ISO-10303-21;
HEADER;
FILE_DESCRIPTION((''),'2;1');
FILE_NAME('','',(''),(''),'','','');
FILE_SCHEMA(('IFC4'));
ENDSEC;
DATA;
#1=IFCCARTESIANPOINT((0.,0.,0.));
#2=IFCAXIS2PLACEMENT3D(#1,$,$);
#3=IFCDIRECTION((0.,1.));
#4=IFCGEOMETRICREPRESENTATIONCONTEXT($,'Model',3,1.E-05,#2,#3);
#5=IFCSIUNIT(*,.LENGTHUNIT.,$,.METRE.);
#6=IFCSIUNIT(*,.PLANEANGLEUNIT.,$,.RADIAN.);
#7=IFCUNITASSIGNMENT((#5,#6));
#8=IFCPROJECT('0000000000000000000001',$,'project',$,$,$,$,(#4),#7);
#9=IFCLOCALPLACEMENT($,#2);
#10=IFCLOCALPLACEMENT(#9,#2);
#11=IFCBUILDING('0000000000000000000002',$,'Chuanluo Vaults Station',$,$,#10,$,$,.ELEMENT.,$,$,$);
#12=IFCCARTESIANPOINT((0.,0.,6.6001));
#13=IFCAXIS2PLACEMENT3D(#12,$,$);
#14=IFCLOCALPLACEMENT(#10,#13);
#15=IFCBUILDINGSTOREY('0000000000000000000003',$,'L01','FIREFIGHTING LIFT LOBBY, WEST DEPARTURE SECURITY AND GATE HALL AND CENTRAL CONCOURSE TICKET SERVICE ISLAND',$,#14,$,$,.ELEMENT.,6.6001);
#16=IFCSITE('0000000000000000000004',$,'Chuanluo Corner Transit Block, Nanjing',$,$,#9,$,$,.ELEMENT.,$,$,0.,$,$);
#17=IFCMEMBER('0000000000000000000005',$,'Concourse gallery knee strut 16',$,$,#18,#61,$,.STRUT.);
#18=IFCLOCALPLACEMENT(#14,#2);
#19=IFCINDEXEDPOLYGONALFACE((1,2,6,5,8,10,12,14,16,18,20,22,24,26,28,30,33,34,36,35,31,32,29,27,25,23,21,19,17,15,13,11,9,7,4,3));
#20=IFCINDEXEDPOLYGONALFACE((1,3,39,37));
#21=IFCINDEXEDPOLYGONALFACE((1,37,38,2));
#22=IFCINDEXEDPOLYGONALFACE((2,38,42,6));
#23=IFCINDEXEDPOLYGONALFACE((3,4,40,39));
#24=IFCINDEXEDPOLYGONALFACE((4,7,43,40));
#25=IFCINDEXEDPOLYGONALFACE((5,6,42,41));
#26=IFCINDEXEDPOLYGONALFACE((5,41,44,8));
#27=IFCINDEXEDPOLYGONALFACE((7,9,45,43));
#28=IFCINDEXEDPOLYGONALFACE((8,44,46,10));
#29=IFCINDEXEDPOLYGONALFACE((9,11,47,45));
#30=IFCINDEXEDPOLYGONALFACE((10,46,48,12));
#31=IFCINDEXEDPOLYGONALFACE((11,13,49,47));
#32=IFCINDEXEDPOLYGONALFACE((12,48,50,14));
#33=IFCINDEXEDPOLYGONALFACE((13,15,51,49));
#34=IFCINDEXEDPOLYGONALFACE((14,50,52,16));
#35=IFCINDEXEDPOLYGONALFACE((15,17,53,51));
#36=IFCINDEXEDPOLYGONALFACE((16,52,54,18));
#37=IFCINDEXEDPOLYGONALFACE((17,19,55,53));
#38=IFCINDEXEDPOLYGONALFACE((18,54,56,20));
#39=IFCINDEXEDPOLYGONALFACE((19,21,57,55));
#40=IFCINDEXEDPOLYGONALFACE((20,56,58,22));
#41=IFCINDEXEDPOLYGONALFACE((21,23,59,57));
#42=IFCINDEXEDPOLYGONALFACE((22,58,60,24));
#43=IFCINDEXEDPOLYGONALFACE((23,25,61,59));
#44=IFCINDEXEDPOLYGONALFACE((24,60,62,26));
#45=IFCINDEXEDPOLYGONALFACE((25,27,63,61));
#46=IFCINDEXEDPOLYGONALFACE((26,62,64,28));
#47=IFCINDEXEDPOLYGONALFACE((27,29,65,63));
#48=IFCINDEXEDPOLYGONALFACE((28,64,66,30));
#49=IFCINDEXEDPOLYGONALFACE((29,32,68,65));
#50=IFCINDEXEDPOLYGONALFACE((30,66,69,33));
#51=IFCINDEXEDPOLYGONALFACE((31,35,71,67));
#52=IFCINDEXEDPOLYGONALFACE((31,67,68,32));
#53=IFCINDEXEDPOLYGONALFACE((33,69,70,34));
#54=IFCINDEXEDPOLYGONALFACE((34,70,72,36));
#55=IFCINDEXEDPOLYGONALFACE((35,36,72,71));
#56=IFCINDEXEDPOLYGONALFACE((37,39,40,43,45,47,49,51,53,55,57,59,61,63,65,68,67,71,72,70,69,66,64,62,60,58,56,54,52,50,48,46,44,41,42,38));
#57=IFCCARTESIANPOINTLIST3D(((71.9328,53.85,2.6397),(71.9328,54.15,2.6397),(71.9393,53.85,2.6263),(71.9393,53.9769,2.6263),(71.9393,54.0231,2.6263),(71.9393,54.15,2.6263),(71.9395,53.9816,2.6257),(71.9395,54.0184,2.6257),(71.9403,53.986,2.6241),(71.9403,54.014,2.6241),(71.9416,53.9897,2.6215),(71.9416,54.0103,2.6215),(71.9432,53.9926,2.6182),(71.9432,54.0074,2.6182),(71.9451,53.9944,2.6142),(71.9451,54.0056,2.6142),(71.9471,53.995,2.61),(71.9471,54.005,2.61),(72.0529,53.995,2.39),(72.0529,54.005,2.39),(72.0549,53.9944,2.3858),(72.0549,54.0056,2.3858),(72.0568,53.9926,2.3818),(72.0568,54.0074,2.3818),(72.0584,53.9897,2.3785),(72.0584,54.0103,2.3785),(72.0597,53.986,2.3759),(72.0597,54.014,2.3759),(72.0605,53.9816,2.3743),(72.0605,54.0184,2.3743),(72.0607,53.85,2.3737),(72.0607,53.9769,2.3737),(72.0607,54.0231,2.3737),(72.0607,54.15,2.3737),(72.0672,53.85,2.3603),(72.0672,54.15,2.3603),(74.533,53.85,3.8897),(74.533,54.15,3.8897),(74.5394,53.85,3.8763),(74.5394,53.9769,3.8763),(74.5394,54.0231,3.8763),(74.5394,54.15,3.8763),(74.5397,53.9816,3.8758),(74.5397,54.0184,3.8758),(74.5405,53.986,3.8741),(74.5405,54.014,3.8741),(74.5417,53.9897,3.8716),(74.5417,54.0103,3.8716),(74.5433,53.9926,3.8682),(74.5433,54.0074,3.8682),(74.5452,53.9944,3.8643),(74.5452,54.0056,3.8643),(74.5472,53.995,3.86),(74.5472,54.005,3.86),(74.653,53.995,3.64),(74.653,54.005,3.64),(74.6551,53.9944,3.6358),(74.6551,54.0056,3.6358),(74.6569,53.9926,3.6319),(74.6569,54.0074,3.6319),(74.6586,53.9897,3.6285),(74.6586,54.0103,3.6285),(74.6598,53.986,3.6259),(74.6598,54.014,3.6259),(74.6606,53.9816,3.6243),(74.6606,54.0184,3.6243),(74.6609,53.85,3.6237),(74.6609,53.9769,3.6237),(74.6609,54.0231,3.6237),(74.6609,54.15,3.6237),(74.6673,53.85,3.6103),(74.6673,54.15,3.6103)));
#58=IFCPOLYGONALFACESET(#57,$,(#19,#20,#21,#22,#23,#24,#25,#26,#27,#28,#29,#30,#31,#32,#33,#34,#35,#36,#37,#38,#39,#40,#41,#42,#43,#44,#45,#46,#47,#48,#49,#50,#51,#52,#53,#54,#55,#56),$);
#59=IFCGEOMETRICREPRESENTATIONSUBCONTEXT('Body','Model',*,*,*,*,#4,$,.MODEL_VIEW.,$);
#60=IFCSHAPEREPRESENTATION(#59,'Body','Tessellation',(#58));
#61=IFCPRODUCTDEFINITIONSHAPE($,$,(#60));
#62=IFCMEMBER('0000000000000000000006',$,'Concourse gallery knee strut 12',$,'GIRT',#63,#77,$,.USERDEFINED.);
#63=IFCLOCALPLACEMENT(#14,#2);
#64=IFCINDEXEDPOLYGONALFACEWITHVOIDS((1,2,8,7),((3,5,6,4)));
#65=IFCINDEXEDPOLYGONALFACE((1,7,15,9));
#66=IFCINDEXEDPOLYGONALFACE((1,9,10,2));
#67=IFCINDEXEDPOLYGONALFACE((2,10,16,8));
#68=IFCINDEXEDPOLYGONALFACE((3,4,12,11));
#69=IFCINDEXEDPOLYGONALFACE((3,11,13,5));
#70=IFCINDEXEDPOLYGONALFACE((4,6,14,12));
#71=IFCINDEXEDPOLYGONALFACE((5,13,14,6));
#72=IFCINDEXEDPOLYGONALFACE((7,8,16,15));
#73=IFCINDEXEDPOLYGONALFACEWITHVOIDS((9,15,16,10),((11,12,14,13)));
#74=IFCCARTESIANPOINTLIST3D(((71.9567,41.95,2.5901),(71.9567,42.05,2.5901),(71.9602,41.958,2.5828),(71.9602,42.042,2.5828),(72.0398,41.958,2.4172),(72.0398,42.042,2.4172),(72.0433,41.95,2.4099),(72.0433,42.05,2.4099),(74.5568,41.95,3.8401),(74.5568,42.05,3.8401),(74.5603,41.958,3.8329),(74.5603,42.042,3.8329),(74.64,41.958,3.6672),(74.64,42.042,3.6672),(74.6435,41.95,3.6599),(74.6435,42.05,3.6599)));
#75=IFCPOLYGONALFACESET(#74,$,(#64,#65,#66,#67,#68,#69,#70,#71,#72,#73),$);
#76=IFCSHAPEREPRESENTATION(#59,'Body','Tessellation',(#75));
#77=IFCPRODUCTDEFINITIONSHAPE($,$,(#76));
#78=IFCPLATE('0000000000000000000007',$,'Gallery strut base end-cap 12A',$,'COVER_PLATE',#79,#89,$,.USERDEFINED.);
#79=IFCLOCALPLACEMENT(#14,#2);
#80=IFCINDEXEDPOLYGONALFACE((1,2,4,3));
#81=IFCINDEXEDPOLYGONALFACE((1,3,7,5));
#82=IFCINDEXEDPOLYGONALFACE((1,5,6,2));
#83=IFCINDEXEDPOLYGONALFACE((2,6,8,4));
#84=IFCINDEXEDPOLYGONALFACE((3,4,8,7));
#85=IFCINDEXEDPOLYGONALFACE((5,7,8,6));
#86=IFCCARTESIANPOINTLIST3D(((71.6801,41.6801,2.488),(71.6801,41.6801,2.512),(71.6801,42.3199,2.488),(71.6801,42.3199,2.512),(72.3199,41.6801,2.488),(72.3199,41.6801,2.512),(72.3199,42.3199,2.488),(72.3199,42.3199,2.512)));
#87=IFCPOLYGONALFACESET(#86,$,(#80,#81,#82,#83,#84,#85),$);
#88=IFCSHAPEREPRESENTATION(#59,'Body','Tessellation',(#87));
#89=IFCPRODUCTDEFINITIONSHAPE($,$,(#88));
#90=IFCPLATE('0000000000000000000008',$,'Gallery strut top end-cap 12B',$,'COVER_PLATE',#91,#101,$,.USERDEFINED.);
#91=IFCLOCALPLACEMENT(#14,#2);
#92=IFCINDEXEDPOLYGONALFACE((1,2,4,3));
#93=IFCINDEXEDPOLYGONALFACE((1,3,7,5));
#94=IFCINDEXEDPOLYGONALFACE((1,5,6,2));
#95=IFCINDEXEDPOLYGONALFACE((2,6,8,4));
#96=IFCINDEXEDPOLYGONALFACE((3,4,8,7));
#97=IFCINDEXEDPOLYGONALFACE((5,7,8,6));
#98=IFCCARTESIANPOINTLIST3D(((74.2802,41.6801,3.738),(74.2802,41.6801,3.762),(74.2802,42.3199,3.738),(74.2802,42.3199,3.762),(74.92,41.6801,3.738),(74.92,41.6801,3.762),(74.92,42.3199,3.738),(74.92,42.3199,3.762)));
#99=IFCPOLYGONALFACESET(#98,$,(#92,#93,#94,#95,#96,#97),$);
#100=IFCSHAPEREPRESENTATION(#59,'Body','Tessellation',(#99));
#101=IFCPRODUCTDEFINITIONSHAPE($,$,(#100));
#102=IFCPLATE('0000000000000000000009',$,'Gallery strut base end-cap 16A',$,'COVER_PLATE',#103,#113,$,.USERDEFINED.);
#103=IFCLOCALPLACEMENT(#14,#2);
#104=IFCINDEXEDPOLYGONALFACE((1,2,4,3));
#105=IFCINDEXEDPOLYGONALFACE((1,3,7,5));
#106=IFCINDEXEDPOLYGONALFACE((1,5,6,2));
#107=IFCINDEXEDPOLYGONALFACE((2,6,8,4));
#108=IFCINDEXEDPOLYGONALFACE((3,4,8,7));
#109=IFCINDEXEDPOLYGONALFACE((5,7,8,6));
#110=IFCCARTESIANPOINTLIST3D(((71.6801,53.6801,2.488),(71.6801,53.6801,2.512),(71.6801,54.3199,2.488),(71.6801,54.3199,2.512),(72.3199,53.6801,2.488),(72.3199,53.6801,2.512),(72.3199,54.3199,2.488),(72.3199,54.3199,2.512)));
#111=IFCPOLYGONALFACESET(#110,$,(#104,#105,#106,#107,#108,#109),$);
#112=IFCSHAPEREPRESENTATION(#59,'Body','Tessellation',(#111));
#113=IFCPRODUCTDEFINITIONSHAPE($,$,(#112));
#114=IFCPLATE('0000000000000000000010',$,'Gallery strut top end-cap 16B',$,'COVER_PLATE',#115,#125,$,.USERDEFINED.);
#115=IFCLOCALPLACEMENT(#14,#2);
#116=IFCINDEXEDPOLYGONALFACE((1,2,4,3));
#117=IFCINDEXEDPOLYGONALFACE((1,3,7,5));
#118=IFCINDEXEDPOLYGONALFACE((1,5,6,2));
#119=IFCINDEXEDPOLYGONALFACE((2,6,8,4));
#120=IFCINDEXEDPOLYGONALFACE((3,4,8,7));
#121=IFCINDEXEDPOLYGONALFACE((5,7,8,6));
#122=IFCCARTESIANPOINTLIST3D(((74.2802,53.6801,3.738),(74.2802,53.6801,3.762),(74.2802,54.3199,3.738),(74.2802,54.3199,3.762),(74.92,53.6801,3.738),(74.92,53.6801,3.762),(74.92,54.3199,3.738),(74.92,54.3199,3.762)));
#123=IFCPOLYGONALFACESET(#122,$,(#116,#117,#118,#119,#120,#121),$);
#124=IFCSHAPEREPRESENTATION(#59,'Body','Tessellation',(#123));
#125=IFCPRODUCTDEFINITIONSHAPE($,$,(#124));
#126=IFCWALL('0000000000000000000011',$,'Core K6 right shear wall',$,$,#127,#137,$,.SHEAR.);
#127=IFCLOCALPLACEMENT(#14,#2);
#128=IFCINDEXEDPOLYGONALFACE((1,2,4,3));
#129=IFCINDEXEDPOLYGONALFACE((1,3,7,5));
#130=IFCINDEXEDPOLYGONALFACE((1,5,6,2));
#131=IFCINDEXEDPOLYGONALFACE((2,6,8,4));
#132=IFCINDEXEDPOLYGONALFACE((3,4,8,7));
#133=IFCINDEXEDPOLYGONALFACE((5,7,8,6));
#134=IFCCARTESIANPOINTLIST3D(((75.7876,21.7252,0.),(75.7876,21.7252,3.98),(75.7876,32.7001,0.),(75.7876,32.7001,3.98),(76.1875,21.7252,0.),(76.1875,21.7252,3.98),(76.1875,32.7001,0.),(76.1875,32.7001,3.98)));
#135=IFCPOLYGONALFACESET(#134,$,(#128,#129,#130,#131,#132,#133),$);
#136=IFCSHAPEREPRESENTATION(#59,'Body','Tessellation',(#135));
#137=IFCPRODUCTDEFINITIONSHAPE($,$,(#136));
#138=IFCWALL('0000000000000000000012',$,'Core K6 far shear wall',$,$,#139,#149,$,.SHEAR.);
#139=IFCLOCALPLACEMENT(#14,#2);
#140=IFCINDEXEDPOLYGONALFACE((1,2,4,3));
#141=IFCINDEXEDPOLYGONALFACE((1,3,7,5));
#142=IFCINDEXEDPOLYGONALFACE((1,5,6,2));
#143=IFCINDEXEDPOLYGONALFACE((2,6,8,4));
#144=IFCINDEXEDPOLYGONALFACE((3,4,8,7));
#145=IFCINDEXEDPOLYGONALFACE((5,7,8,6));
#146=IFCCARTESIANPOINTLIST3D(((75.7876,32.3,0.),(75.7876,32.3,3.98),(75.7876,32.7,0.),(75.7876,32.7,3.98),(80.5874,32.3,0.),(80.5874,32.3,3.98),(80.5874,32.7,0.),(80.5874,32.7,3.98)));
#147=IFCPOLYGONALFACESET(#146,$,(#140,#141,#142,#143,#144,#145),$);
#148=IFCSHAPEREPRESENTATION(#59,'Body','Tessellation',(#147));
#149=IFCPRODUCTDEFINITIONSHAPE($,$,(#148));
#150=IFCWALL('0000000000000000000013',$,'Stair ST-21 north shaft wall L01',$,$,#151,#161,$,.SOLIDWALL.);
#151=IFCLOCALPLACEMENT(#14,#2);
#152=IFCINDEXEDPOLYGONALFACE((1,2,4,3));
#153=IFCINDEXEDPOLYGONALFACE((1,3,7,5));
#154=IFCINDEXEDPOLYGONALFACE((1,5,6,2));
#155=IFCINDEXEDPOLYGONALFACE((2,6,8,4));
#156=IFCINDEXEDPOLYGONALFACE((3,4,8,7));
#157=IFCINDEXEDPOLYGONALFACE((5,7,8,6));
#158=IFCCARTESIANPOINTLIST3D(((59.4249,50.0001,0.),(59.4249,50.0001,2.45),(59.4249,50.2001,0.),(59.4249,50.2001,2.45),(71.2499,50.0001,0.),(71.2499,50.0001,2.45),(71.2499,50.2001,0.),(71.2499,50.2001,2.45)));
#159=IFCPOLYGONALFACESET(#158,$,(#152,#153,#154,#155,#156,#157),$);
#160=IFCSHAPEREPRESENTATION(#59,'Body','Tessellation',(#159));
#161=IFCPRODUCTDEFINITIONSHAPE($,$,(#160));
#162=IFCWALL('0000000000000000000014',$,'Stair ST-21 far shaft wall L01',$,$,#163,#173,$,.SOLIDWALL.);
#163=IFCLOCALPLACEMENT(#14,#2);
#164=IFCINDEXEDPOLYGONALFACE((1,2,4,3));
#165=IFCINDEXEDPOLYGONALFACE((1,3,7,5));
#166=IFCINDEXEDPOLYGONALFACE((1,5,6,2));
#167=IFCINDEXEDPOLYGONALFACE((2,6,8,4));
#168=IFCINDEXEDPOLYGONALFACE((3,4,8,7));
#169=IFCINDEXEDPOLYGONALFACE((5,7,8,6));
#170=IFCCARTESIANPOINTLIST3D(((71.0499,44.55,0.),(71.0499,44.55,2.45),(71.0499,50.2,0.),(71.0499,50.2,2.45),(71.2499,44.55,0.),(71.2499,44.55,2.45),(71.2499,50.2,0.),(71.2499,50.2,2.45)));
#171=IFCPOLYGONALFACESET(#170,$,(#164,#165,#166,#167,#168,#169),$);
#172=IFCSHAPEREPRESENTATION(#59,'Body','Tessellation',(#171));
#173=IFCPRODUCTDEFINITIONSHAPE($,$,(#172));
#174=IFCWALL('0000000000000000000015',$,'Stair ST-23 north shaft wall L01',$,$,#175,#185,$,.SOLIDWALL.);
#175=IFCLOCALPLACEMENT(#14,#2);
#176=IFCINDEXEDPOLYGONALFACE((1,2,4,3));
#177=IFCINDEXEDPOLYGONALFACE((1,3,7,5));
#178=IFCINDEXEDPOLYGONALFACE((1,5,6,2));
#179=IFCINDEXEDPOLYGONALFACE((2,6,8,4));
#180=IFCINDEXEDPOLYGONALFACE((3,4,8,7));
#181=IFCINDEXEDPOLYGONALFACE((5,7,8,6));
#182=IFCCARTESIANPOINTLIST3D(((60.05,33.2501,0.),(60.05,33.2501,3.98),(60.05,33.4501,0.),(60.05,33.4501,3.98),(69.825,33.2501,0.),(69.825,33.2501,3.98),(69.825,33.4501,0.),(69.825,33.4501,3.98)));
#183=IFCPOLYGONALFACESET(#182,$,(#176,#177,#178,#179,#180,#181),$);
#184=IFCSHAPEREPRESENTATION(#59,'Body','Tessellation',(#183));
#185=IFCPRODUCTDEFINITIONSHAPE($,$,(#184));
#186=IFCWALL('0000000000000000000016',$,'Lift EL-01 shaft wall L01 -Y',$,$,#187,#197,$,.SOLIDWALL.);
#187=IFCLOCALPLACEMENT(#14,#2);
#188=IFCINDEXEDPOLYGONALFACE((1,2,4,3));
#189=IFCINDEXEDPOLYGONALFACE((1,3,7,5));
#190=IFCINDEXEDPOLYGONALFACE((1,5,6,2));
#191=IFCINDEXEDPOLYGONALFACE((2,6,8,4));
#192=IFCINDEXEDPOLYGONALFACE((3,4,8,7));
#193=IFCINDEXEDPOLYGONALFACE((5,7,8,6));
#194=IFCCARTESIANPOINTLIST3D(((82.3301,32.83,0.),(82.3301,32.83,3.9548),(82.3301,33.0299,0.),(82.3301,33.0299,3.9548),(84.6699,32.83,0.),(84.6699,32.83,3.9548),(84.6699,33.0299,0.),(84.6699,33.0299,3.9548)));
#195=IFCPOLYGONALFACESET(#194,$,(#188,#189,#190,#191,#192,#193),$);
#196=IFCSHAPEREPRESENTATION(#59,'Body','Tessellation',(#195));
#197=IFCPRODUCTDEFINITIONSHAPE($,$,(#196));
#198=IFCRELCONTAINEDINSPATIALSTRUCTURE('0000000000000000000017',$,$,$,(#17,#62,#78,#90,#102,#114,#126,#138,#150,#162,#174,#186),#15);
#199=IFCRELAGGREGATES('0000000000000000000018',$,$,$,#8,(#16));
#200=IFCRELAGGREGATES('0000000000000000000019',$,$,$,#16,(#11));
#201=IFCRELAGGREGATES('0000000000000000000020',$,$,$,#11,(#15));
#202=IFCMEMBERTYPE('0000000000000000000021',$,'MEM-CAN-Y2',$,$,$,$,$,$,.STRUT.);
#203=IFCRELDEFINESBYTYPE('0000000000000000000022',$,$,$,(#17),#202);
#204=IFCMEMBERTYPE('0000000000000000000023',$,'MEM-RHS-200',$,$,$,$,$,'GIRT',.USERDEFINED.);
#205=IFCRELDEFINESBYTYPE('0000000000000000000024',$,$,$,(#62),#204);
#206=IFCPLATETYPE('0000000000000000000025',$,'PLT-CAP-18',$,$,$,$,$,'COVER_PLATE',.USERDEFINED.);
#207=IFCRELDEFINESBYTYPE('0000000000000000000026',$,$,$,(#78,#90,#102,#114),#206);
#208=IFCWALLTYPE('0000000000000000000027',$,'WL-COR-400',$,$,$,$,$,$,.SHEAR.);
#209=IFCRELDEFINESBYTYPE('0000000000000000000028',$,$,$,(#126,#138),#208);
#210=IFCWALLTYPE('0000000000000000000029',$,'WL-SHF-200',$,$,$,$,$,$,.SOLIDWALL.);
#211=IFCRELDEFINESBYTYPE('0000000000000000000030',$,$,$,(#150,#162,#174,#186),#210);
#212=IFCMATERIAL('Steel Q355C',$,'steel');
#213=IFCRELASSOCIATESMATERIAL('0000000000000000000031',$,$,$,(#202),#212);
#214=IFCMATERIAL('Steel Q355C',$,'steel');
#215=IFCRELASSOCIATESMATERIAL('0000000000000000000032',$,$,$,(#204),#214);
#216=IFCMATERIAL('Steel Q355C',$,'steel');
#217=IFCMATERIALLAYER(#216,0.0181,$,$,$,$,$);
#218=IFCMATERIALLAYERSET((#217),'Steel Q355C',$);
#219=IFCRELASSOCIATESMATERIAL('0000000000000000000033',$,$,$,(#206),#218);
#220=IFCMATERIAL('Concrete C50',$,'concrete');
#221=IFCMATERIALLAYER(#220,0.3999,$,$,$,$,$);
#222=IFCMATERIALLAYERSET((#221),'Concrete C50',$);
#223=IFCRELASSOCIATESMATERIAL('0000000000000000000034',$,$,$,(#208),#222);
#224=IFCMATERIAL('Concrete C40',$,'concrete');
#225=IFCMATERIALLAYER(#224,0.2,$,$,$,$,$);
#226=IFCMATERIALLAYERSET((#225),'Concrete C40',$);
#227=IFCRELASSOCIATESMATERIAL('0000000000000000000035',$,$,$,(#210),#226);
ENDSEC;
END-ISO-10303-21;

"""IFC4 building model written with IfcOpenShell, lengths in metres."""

from ifc_helpers import new_model, si_unit, direction, frame, frame_2d, origin, origin_2d, place, context, subcontext, project, spatial, rectangle, hollow_rectangle, i_section, extrude, material, layer, layer_set, material_profile, profile_set, type_object, element, save


model = new_model("IFC4")

# Units and contexts
model_context = context("Model", 3, precision=1e-05, world=origin(), true_north=direction((0.0, 1.0)))
body_context = subcontext(model_context, "Body", "Model", "MODEL_VIEW")
ifc_project = project(units=[si_unit("LENGTHUNIT", "METRE"), si_unit("PLANEANGLEUNIT", "RADIAN")], contexts=[model_context])

# Site, building, storey
site_placement = place(None, origin())
site = spatial("IfcSite", under=ifc_project, at=site_placement, Name="Chuanluo Corner Transit Block, Nanjing", CompositionType="ELEMENT", RefElevation=0.0)
building_placement = place(site_placement, origin())
building = spatial("IfcBuilding", under=site, at=building_placement, Name="Chuanluo Vaults Station", CompositionType="ELEMENT")
storey_placement = place(building_placement, frame((0.0, 0.0, 6.6001)))
storey = spatial("IfcBuildingStorey", under=building, at=storey_placement, Name="L01", Description="FIREFIGHTING LIFT LOBBY, WEST DEPARTURE SECURITY AND GATE HALL AND CENTRAL CONCOURSE TICKET SERVICE ISLAND", CompositionType="ELEMENT", Elevation=6.6001)

# Members
ifc_material_1 = material(Name="Steel Q355C", Category="steel")
ifc_material_profile_1 = material_profile(ifc_material_1, i_section(OverallWidth=0.3, OverallDepth=0.3101, WebThickness=0.01, FlangeThickness=0.0149, FilletRadius=0.0181, at=origin_2d()))
ifc_profile_set_1 = profile_set([ifc_material_profile_1], Name="Steel Q355C")
member_type_1 = type_object("IfcMemberType", Name="MEM-CAN-Y2", PredefinedType="STRUT", material=ifc_profile_set_1)
member_1_placement = place(storey_placement, frame((72.0, 54.0, 2.5), z_axis=(0.901259, 0.0, 0.433281), x_axis=(0.0, 1.0, 0.0)))
element("IfcMember", 1, at=member_1_placement, inside=storey, type_object=member_type_1, Name="Concourse gallery knee strut 16", PredefinedType="STRUT", context=body_context, shape_type="SweptSolid", body=[
    extrude(i_section(OverallWidth=0.3, OverallDepth=0.3101, WebThickness=0.01, FlangeThickness=0.0149, FilletRadius=0.0181, at=origin_2d()), origin(), (0.0, 0.0, 1.0), 2.885),
])
ifc_material_2 = material(Name="Steel Q355C", Category="steel")
ifc_material_profile_2 = material_profile(ifc_material_2, hollow_rectangle(XDim=0.1001, YDim=0.2, WallThickness=0.0081, at=origin_2d()))
ifc_profile_set_2 = profile_set([ifc_material_profile_2], Name="Steel Q355C")
member_type_2 = type_object("IfcMemberType", Name="MEM-RHS-200", ElementType="GIRT", PredefinedType="USERDEFINED", material=ifc_profile_set_2)
member_2_placement = place(storey_placement, frame((72.0, 42.0, 2.5), z_axis=(0.901259, 0.0, 0.433281), x_axis=(0.0, 1.0, 0.0)))
element("IfcMember", 2, at=member_2_placement, inside=storey, type_object=member_type_2, Name="Concourse gallery knee strut 12", ObjectType="GIRT", PredefinedType="USERDEFINED", context=body_context, shape_type="SweptSolid", body=[
    extrude(hollow_rectangle(XDim=0.1001, YDim=0.2, WallThickness=0.0081, at=origin_2d()), origin(), (0.0, 0.0, 1.0), 2.885),
])

# Plates
ifc_material_3 = material(Name="Steel Q355C", Category="steel")
ifc_layer_1 = layer(ifc_material_3, 0.0181)
ifc_layer_set_1 = layer_set([ifc_layer_1], Name="Steel Q355C")
plate_type = type_object("IfcPlateType", Name="PLT-CAP-18", ElementType="COVER_PLATE", PredefinedType="USERDEFINED", material=ifc_layer_set_1)
for number, where, z_axis, x_axis, name in (
    (3, (72.0, 42.0, 2.488), (0.0, 0.0, 1.0), (1.0, 0.0, 0.0), "Gallery strut base end-cap 12A"),
    (4, (74.6001, 42.0, 3.738), (0.0, 0.0, 1.0), (1.0, 0.0, 0.0), "Gallery strut top end-cap 12B"),
    (5, (72.0, 54.0, 2.488), (0.0, 0.0, 1.0), (1.0, 0.0, 0.0), "Gallery strut base end-cap 16A"),
    (6, (74.6001, 54.0, 3.738), (0.0, 0.0, 1.0), (1.0, 0.0, 0.0), "Gallery strut top end-cap 16B"),
):
    element("IfcPlate", number, at=place(storey_placement, frame(where, z_axis=z_axis, x_axis=x_axis)), inside=storey, type_object=plate_type, Name=name, ObjectType="COVER_PLATE", PredefinedType="USERDEFINED", context=body_context, shape_type="SweptSolid", body=[
        extrude(rectangle(XDim=0.6399, YDim=0.6399, at=origin_2d()), origin(), (0.0, 0.0, 1.0), 0.0239),
    ])

# Walls
ifc_material_4 = material(Name="Concrete C50", Category="concrete")
ifc_layer_2 = layer(ifc_material_4, 0.3999)
ifc_layer_set_2 = layer_set([ifc_layer_2], Name="Concrete C50")
wall_type_1 = type_object("IfcWallType", Name="WL-COR-400", PredefinedType="SHEAR", material=ifc_layer_set_2)
wall_1_placement = place(storey_placement, frame((75.9875, 32.7, 0.0), z_axis=(0.0, 0.0, 1.0), x_axis=(0.0, -1.0, 0.0)))
element("IfcWall", 7, at=wall_1_placement, inside=storey, type_object=wall_type_1, Name="Core K6 right shear wall", PredefinedType="SHEAR", context=body_context, shape_type="SweptSolid", body=[
    extrude(rectangle(XDim=10.9749, YDim=0.3999, at=frame_2d((5.4873, 0.0))), origin(), (0.0, 0.0, 1.0), 3.98),
])
wall_2_placement = place(storey_placement, frame((80.5874, 32.5, 0.0), z_axis=(0.0, 0.0, 1.0), x_axis=(-1.0, 0.0, 0.0)))
element("IfcWall", 8, at=wall_2_placement, inside=storey, type_object=wall_type_1, Name="Core K6 far shear wall", PredefinedType="SHEAR", context=body_context, shape_type="SweptSolid", body=[
    extrude(rectangle(XDim=4.7998, YDim=0.3999, at=frame_2d((2.3999, 0.0))), origin(), (0.0, 0.0, 1.0), 3.98),
])
ifc_material_5 = material(Name="Concrete C40", Category="concrete")
ifc_layer_3 = layer(ifc_material_5, 0.2)
ifc_layer_set_3 = layer_set([ifc_layer_3], Name="Concrete C40")
wall_type_2 = type_object("IfcWallType", Name="WL-SHF-200", PredefinedType="SOLIDWALL", material=ifc_layer_set_3)
wall_3_placement = place(storey_placement, frame((71.25, 50.1001, 0.0), z_axis=(0.0, 0.0, 1.0), x_axis=(-1.0, 0.0, 0.0)))
element("IfcWall", 9, at=wall_3_placement, inside=storey, type_object=wall_type_2, Name="Stair ST-21 north shaft wall L01", PredefinedType="SOLIDWALL", context=body_context, shape_type="SweptSolid", body=[
    extrude(rectangle(XDim=11.825, YDim=0.2, at=frame_2d((5.9126, 0.0))), origin(), (0.0, 0.0, 1.0), 2.45),
])
wall_4_placement = place(storey_placement, frame((71.1499, 44.55, 0.0), z_axis=(0.0, 0.0, 1.0), x_axis=(0.0, 1.0, 0.0)))
element("IfcWall", 10, at=wall_4_placement, inside=storey, type_object=wall_type_2, Name="Stair ST-21 far shaft wall L01", PredefinedType="SOLIDWALL", context=body_context, shape_type="SweptSolid", body=[
    extrude(rectangle(XDim=5.6499, YDim=0.2, at=frame_2d((2.825, 0.0))), origin(), (0.0, 0.0, 1.0), 2.45),
])
wall_5_placement = place(storey_placement, frame((69.825, 33.3501, 0.0), z_axis=(0.0, 0.0, 1.0), x_axis=(-1.0, 0.0, 0.0)))
element("IfcWall", 11, at=wall_5_placement, inside=storey, type_object=wall_type_2, Name="Stair ST-23 north shaft wall L01", PredefinedType="SOLIDWALL", context=body_context, shape_type="SweptSolid", body=[
    extrude(rectangle(XDim=9.7749, YDim=0.2, at=frame_2d((4.8875, 0.0))), origin(), (0.0, 0.0, 1.0), 3.98),
])
wall_6_placement = place(storey_placement, frame((82.3301, 32.9299, 0.0), z_axis=(0.0, 0.0, 1.0), x_axis=(1.0, 0.0, 0.0)))
element("IfcWall", 12, at=wall_6_placement, inside=storey, type_object=wall_type_2, Name="Lift EL-01 shaft wall L01 -Y", PredefinedType="SOLIDWALL", context=body_context, shape_type="SweptSolid", body=[
    extrude(rectangle(XDim=2.3398, YDim=0.2, at=frame_2d((1.1699, 0.0))), origin(), (0.0, 0.0, 1.0), 3.9548),
])

save(model, "model.ifc")
